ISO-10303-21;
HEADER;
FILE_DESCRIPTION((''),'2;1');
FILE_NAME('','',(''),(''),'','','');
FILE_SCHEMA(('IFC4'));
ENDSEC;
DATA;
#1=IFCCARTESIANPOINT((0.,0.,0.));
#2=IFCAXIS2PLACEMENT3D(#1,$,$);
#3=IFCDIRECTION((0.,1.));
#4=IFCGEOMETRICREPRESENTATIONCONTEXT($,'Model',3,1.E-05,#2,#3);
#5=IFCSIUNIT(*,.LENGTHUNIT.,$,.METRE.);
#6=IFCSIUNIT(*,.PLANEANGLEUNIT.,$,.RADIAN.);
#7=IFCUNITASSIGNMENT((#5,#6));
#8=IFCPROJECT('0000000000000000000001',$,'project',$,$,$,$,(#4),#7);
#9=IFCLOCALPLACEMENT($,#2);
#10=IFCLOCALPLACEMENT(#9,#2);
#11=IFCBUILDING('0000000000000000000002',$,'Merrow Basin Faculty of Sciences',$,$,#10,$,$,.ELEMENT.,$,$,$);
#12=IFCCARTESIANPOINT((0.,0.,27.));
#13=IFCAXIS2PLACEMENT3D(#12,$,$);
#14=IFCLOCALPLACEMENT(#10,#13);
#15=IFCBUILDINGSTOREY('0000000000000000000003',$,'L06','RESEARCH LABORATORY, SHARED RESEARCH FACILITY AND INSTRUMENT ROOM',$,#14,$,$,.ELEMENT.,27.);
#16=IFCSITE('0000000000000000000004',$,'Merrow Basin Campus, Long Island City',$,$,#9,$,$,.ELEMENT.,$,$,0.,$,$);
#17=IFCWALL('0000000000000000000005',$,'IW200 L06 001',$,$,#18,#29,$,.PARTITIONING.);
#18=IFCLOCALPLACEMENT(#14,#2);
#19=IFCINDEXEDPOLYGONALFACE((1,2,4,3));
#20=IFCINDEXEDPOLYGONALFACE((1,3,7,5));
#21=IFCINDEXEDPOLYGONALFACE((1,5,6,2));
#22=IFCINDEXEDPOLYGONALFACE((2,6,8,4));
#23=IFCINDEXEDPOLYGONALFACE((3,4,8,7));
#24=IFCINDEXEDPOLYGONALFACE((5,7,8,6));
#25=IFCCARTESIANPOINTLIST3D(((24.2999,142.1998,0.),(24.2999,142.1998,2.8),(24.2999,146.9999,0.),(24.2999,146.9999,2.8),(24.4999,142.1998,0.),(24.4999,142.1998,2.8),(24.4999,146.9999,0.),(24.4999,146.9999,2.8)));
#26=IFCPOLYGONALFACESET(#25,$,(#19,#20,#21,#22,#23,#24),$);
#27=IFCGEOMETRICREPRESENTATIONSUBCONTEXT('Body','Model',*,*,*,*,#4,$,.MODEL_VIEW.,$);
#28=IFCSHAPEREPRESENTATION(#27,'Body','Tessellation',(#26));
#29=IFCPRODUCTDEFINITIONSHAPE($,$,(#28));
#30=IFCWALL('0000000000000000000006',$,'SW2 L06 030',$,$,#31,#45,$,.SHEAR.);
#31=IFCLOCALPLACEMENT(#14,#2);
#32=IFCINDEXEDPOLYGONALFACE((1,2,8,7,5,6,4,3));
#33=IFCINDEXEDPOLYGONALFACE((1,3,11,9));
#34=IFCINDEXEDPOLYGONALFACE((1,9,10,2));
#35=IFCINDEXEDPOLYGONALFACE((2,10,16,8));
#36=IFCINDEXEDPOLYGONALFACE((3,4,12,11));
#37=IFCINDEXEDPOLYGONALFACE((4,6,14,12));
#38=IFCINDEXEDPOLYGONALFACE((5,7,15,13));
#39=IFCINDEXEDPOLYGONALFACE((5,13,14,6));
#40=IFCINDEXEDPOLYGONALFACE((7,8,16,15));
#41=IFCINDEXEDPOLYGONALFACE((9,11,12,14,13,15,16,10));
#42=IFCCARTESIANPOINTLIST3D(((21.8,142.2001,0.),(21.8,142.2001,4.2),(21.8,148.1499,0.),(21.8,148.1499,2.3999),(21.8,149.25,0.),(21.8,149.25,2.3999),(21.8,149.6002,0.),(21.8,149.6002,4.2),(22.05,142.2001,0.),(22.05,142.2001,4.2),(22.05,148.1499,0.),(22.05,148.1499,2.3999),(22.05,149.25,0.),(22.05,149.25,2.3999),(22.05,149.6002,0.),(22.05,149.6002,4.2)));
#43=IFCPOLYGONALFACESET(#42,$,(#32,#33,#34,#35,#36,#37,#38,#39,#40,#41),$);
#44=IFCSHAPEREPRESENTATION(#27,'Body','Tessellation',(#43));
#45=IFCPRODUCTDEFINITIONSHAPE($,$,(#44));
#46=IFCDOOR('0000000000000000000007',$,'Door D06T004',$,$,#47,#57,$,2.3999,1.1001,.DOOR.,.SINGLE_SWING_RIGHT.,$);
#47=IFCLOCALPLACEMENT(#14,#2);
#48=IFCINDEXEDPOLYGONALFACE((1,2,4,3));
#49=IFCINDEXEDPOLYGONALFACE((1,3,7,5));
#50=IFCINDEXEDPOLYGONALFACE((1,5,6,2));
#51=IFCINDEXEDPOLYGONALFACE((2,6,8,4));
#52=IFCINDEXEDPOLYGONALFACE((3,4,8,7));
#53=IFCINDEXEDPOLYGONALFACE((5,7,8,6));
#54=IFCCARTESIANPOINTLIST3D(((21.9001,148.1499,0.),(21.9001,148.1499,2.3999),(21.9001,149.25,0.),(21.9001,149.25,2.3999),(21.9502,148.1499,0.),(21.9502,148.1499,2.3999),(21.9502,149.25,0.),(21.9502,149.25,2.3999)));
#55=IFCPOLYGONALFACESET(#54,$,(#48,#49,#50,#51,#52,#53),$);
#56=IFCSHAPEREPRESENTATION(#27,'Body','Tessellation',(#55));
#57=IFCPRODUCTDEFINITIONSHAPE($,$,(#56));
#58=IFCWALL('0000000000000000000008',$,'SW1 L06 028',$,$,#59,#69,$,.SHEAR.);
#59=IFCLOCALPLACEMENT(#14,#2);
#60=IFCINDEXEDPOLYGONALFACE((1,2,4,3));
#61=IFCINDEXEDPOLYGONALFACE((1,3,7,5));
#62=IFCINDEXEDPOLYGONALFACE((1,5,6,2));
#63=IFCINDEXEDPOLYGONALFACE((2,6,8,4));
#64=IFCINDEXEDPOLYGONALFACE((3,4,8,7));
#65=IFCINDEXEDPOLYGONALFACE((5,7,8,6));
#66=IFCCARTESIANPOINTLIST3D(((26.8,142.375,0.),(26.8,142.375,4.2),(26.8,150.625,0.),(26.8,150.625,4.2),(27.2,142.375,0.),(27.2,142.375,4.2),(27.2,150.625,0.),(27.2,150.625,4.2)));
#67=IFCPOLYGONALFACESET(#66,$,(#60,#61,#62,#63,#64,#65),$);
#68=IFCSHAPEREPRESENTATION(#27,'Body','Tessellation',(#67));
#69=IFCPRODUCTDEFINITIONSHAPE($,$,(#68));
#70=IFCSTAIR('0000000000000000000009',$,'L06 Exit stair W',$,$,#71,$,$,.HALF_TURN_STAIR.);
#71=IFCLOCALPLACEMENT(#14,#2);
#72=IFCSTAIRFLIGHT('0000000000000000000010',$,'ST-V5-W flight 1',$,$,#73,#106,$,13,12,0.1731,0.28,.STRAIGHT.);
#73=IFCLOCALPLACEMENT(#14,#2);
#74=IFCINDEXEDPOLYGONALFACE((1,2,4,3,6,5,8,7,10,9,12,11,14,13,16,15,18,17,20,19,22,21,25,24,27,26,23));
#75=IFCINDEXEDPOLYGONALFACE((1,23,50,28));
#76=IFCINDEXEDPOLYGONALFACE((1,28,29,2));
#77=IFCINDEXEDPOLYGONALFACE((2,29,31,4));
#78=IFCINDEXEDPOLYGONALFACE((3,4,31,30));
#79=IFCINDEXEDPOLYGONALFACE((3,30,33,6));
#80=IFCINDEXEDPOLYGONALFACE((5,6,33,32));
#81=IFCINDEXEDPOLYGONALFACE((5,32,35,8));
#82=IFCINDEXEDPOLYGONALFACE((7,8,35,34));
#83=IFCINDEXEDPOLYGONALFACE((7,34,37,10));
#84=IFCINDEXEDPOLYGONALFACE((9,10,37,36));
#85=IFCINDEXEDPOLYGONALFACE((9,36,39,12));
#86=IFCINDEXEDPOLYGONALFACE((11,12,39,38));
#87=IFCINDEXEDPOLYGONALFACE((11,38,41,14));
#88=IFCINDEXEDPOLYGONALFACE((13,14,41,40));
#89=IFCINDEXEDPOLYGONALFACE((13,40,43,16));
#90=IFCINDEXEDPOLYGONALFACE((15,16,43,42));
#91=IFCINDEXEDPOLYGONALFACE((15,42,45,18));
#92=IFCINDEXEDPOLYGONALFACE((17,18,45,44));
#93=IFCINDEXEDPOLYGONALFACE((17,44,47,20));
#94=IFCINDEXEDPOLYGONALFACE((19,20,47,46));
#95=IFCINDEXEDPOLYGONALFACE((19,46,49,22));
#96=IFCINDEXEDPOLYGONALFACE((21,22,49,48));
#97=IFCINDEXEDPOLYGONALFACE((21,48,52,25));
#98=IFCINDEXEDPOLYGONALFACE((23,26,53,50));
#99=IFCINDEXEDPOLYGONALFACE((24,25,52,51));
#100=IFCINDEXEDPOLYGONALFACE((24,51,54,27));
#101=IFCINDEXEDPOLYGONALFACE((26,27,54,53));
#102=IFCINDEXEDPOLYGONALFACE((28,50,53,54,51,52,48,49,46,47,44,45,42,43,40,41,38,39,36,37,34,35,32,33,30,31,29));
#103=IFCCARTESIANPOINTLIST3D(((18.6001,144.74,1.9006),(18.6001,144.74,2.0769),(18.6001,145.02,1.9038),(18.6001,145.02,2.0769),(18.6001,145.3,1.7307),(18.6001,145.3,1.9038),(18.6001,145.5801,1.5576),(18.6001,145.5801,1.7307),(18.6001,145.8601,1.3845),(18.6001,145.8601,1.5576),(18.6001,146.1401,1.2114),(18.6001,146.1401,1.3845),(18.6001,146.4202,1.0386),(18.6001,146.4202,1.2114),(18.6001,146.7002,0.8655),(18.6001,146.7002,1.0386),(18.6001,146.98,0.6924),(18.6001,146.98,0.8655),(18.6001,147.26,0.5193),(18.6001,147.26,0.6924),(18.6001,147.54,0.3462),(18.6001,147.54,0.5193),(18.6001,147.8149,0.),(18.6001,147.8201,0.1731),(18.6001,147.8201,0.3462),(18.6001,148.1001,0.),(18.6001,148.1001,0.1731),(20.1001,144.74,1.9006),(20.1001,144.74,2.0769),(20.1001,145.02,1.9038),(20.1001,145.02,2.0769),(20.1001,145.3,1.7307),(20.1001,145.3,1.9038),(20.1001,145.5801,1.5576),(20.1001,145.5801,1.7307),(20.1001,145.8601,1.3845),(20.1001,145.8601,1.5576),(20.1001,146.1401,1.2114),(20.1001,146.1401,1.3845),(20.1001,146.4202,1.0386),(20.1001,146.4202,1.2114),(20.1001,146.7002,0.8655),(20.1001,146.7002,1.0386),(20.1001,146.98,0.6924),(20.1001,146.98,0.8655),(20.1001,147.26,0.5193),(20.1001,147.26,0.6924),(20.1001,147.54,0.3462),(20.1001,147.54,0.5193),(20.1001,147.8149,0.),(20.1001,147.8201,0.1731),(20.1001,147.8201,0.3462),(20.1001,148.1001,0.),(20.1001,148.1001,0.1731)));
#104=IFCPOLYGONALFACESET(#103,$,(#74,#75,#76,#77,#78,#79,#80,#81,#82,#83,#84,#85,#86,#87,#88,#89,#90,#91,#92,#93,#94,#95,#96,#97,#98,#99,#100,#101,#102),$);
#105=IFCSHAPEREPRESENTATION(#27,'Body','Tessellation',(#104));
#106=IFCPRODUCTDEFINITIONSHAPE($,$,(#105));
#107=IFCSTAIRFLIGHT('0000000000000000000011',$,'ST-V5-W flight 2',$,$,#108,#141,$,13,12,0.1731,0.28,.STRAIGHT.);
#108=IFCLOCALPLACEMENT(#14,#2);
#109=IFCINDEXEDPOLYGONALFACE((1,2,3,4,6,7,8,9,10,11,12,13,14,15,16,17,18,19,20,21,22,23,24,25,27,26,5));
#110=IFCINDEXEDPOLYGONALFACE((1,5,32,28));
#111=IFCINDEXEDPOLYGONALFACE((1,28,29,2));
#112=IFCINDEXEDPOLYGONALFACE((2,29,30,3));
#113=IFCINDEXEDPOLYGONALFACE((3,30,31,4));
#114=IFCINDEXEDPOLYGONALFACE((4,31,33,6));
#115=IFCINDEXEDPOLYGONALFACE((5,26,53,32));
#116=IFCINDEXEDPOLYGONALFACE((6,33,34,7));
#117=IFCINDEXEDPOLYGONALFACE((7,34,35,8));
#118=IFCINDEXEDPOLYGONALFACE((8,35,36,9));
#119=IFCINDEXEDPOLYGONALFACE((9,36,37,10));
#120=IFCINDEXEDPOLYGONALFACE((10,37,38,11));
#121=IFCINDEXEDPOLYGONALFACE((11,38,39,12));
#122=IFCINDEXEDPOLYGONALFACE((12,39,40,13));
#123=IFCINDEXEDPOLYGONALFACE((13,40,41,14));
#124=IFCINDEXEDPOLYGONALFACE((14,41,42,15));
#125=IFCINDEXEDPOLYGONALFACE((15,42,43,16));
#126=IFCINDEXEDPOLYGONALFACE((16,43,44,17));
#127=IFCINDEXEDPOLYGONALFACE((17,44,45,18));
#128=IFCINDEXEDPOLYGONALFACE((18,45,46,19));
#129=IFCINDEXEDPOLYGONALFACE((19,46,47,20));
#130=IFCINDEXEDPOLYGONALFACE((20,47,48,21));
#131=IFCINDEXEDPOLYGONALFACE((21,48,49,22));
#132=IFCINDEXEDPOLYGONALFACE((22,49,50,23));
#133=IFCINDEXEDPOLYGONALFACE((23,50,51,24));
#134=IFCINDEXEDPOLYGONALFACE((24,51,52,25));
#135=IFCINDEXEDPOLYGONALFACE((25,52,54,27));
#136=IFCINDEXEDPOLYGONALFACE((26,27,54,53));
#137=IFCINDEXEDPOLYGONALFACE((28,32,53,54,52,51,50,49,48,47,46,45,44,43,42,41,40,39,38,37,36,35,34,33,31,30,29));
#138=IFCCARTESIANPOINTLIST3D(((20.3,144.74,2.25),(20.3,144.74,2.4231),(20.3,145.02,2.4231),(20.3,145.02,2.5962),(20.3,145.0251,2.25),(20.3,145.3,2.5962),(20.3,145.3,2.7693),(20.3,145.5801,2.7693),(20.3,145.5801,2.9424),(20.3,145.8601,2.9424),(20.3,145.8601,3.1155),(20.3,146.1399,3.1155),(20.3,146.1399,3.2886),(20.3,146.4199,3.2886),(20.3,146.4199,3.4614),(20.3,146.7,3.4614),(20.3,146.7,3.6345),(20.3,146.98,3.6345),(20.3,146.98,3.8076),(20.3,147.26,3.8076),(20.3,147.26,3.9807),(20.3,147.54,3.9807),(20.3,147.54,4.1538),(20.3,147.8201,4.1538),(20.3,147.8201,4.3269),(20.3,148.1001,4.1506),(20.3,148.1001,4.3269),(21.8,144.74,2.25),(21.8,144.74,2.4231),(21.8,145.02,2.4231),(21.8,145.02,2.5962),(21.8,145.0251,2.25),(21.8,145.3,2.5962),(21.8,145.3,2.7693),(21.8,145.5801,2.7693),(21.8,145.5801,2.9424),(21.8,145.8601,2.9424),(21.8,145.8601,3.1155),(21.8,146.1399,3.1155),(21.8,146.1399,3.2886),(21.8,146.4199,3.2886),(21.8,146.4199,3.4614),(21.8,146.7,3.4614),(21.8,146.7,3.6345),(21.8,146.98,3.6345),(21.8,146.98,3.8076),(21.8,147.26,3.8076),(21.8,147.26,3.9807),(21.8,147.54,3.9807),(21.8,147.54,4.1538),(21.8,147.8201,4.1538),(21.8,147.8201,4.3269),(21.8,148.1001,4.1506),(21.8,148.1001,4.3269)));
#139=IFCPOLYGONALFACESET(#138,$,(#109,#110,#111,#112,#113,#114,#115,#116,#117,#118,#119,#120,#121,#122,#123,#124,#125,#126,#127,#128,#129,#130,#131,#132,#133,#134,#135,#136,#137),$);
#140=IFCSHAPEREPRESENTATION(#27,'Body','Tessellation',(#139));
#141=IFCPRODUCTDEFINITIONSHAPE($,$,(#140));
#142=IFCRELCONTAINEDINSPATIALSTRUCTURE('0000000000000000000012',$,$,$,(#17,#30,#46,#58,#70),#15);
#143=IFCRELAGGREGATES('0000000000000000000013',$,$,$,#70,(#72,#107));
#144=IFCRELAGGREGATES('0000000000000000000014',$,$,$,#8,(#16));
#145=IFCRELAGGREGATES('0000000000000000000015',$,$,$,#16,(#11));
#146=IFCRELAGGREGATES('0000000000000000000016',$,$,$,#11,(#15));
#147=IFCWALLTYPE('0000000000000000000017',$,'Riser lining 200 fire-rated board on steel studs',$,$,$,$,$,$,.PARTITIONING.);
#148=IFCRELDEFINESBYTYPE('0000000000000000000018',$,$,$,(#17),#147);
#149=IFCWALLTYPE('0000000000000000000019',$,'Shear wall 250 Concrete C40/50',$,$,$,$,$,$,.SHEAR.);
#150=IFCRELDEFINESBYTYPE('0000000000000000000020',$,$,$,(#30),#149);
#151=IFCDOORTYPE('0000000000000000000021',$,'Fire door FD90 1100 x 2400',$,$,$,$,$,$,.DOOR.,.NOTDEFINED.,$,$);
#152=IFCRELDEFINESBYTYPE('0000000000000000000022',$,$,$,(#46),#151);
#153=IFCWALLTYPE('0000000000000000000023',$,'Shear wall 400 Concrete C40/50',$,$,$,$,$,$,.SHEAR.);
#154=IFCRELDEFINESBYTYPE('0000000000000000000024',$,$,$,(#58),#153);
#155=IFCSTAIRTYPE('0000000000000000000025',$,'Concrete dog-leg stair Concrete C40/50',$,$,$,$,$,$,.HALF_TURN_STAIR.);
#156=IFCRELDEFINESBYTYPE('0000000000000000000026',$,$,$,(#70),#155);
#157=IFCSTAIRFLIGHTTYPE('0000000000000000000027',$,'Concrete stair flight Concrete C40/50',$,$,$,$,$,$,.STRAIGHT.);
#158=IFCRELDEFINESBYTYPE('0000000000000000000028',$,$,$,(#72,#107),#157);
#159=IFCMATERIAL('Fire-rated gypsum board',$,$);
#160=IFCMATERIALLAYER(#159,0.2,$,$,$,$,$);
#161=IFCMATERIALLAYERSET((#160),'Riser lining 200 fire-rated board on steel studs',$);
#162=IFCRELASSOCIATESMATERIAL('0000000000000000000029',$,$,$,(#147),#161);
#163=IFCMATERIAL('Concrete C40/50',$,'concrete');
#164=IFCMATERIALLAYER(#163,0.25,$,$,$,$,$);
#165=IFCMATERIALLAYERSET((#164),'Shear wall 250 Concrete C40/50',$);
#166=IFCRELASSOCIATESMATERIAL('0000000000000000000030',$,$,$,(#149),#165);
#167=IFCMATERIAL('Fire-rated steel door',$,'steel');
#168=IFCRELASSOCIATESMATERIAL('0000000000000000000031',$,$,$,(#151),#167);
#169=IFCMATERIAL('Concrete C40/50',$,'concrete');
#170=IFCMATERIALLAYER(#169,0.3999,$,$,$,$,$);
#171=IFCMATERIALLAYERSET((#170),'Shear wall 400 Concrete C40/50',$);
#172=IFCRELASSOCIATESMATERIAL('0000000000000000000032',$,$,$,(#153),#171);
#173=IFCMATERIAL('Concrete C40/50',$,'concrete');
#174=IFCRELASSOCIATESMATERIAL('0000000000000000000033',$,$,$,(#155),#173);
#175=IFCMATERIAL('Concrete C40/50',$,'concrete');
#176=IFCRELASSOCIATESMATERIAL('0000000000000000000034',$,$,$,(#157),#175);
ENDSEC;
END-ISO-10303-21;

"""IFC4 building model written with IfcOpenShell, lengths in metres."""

from ifc_helpers import new_model, si_unit, direction, frame, frame_2d, origin, place, context, subcontext, project, spatial, polyline, rectangle, outline, extrude, material, layer, layer_set, type_object, element, fill, aggregate, save


model = new_model("IFC4")

# Units and contexts
model_context = context("Model", 3, precision=1e-05, world=origin(), true_north=direction((0.0, 1.0)))
body_context = subcontext(model_context, "Body", "Model", "MODEL_VIEW")
ifc_project = project(units=[si_unit("LENGTHUNIT", "METRE"), si_unit("PLANEANGLEUNIT", "RADIAN")], contexts=[model_context])

# Site, building, storey
site_placement = place(None, origin())
site = spatial("IfcSite", under=ifc_project, at=site_placement, Name="Merrow Basin Campus, Long Island City", CompositionType="ELEMENT", RefElevation=0.0)
building_placement = place(site_placement, origin())
building = spatial("IfcBuilding", under=site, at=building_placement, Name="Merrow Basin Faculty of Sciences", CompositionType="ELEMENT")
storey_placement = place(building_placement, frame((0.0, 0.0, 27.0)))
storey = spatial("IfcBuildingStorey", under=building, at=storey_placement, Name="L06", Description="RESEARCH LABORATORY, SHARED RESEARCH FACILITY AND INSTRUMENT ROOM", CompositionType="ELEMENT", Elevation=27.0)

# Wall
ifc_material_1 = material(Name="Fire-rated gypsum board")
ifc_layer_1 = layer(ifc_material_1, 0.2)
ifc_layer_set_1 = layer_set([ifc_layer_1], Name="Riser lining 200 fire-rated board on steel studs")
wall_type_1 = type_object("IfcWallType", Name="Riser lining 200 fire-rated board on steel studs", PredefinedType="PARTITIONING", material=ifc_layer_set_1)
wall_1_placement = place(storey_placement, frame((24.3999, 142.2, 0.0), z_axis=(0.0, 0.0, 1.0), x_axis=(0.0, 1.0, 0.0)))
element("IfcWall", 1, at=wall_1_placement, inside=storey, type_object=wall_type_1, Name="IW200 L06 001", PredefinedType="PARTITIONING", context=body_context, shape_type="SweptSolid", body=[
    extrude(rectangle(XDim=4.8, YDim=0.2, at=frame_2d((2.3999, 0.0))), origin(), (0.0, 0.0, 1.0), 2.8),
])

# Wall, opening, door
ifc_material_2 = material(Name="Concrete C40/50", Category="concrete")
ifc_layer_2 = layer(ifc_material_2, 0.25)
ifc_layer_set_2 = layer_set([ifc_layer_2], Name="Shear wall 250 Concrete C40/50")
wall_type_2 = type_object("IfcWallType", Name="Shear wall 250 Concrete C40/50", PredefinedType="SHEAR", material=ifc_layer_set_2)
wall_2_placement = place(storey_placement, frame((21.925, 142.2, 0.0), z_axis=(0.0, 0.0, 1.0), x_axis=(0.0, 1.0, 0.0)))
wall_2 = element("IfcWall", 2, at=wall_2_placement, inside=storey, type_object=wall_type_2, Name="SW2 L06 030", PredefinedType="SHEAR", context=body_context, shape_type="SweptSolid", body=[
    extrude(rectangle(XDim=7.4001, YDim=0.25, at=frame_2d((3.7002, 0.0))), origin(), (0.0, 0.0, 1.0), 4.2),
])
opening_1_placement = place(wall_2_placement, frame((5.95, 0.0, 0.0)))
opening_1 = element("IfcOpeningElement", 3, at=opening_1_placement, cuts=wall_2, PredefinedType="OPENING", context=body_context, shape_type="SweptSolid", body=[
    extrude(rectangle(XDim=1.1001, YDim=2.3999, at=frame_2d((0.55, 1.2))), frame((0.0, 0.135, 0.0), z_axis=(0.0, -1.0, 0.0), x_axis=(1.0, 0.0, 0.0)), (0.0, 0.0, 1.0), 0.27),
])
ifc_material_3 = material(Name="Fire-rated steel door", Category="steel")
door_type_1 = type_object("IfcDoorType", Name="Fire door FD90 1100 x 2400", OperationType="NOTDEFINED", PredefinedType="DOOR", material=ifc_material_3)
door_1_placement = place(opening_1_placement, origin())
door_1 = element("IfcDoor", 4, at=door_1_placement, inside=storey, type_object=door_type_1, Name="Door D06T004", OperationType="SINGLE_SWING_RIGHT", OverallHeight=2.3999, OverallWidth=1.1001, PredefinedType="DOOR", context=body_context, shape_type="SweptSolid", body=[
    extrude(rectangle(XDim=1.1001, YDim=2.3999, at=frame_2d((0.55, 1.2))), frame((0.0, 0.0249, 0.0), z_axis=(0.0, -1.0, 0.0), x_axis=(1.0, 0.0, 0.0)), (0.0, 0.0, 1.0), 0.05),
])
fill(opening_1, door_1)

# Wall
ifc_material_4 = material(Name="Concrete C40/50", Category="concrete")
ifc_layer_3 = layer(ifc_material_4, 0.3999)
ifc_layer_set_3 = layer_set([ifc_layer_3], Name="Shear wall 400 Concrete C40/50")
wall_type_3 = type_object("IfcWallType", Name="Shear wall 400 Concrete C40/50", PredefinedType="SHEAR", material=ifc_layer_set_3)
wall_3_placement = place(storey_placement, frame((27.0, 142.375, 0.0), z_axis=(0.0, 0.0, 1.0), x_axis=(0.0, 1.0, 0.0)))
element("IfcWall", 5, at=wall_3_placement, inside=storey, type_object=wall_type_3, Name="SW1 L06 028", PredefinedType="SHEAR", context=body_context, shape_type="SweptSolid", body=[
    extrude(rectangle(XDim=8.25, YDim=0.3999, at=frame_2d((4.125, 0.0))), origin(), (0.0, 0.0, 1.0), 4.2),
])

# Stair, stair flights
ifc_material_5 = material(Name="Concrete C40/50", Category="concrete")
stair_type = type_object("IfcStairType", Name="Concrete dog-leg stair Concrete C40/50", PredefinedType="HALF_TURN_STAIR", material=ifc_material_5)
stair_placement = place(storey_placement, origin())
stair = element("IfcStair", 6, at=stair_placement, inside=storey, type_object=stair_type, Name="L06 Exit stair W", PredefinedType="HALF_TURN_STAIR")
ifc_material_6 = material(Name="Concrete C40/50", Category="concrete")
stair_flight_type = type_object("IfcStairFlightType", Name="Concrete stair flight Concrete C40/50", PredefinedType="STRAIGHT", material=ifc_material_6)
stair_flight_1_placement = place(storey_placement, frame((19.3501, 148.1001, 0.0), z_axis=(0.0, 0.0, 1.0), x_axis=(0.0, -1.0, 0.0)))
stair_flight_1 = element("IfcStairFlight", 7, at=stair_flight_1_placement, type_object=stair_flight_type, Name="ST-V5-W flight 1", NumberOfRisers=13, NumberOfTreads=12, PredefinedType="STRAIGHT", RiserHeight=0.1731, TreadLength=0.28, context=body_context, shape_type="SweptSolid", body=[
    extrude(outline(polyline([(0.0, 0.0), (0.0, 0.1731), (0.28, 0.1731), (0.28, 0.3462), (0.5601, 0.3462), (0.5601, 0.5193), (0.8401, 0.5193), (0.8401, 0.6924), (1.1201, 0.6924), (1.1201, 0.8655), (1.3999, 0.8655), (1.3999, 1.0386), (1.6799, 1.0386), (1.6799, 1.2114), (1.96, 1.2114), (1.96, 1.3845), (2.24, 1.3845), (2.24, 1.5576), (2.52, 1.5576), (2.52, 1.7307), (2.8, 1.7307), (2.8, 1.9038), (3.0801, 1.9038), (3.0801, 2.0769), (3.3601, 2.0769), (3.3601, 2.25), (3.3601, 1.9006), (0.2852, 0.0), (0.0, 0.0)])), frame((0.0, 0.75, 0.0), z_axis=(0.0, -1.0, 0.0), x_axis=(1.0, 0.0, 0.0)), (0.0, 0.0, 1.0), 1.5),
])
stair_flight_2_placement = place(storey_placement, frame((21.05, 144.74, 2.25), z_axis=(0.0, 0.0, 1.0), x_axis=(0.0, 1.0, 0.0)))
stair_flight_2 = element("IfcStairFlight", 8, at=stair_flight_2_placement, type_object=stair_flight_type, Name="ST-V5-W flight 2", NumberOfRisers=13, NumberOfTreads=12, PredefinedType="STRAIGHT", RiserHeight=0.1731, TreadLength=0.28, context=body_context, shape_type="SweptSolid", body=[
    extrude(outline(polyline([(0.0, 0.0), (0.0, 0.1731), (0.28, 0.1731), (0.28, 0.3462), (0.5601, 0.3462), (0.5601, 0.5193), (0.8401, 0.5193), (0.8401, 0.6924), (1.1201, 0.6924), (1.1201, 0.8655), (1.3999, 0.8655), (1.3999, 1.0386), (1.6799, 1.0386), (1.6799, 1.2114), (1.96, 1.2114), (1.96, 1.3845), (2.24, 1.3845), (2.24, 1.5576), (2.52, 1.5576), (2.52, 1.7307), (2.8, 1.7307), (2.8, 1.9038), (3.0801, 1.9038), (3.0801, 2.0769), (3.3601, 2.0769), (3.3601, 2.25), (3.3601, 1.9006), (0.2852, 0.0), (0.0, 0.0)])), frame((0.0, 0.75, 0.0), z_axis=(0.0, -1.0, 0.0), x_axis=(1.0, 0.0, 0.0)), (0.0, 0.0, 1.0), 1.5),
])
aggregate(stair, [stair_flight_1, stair_flight_2])

save(model, "model.ifc")
